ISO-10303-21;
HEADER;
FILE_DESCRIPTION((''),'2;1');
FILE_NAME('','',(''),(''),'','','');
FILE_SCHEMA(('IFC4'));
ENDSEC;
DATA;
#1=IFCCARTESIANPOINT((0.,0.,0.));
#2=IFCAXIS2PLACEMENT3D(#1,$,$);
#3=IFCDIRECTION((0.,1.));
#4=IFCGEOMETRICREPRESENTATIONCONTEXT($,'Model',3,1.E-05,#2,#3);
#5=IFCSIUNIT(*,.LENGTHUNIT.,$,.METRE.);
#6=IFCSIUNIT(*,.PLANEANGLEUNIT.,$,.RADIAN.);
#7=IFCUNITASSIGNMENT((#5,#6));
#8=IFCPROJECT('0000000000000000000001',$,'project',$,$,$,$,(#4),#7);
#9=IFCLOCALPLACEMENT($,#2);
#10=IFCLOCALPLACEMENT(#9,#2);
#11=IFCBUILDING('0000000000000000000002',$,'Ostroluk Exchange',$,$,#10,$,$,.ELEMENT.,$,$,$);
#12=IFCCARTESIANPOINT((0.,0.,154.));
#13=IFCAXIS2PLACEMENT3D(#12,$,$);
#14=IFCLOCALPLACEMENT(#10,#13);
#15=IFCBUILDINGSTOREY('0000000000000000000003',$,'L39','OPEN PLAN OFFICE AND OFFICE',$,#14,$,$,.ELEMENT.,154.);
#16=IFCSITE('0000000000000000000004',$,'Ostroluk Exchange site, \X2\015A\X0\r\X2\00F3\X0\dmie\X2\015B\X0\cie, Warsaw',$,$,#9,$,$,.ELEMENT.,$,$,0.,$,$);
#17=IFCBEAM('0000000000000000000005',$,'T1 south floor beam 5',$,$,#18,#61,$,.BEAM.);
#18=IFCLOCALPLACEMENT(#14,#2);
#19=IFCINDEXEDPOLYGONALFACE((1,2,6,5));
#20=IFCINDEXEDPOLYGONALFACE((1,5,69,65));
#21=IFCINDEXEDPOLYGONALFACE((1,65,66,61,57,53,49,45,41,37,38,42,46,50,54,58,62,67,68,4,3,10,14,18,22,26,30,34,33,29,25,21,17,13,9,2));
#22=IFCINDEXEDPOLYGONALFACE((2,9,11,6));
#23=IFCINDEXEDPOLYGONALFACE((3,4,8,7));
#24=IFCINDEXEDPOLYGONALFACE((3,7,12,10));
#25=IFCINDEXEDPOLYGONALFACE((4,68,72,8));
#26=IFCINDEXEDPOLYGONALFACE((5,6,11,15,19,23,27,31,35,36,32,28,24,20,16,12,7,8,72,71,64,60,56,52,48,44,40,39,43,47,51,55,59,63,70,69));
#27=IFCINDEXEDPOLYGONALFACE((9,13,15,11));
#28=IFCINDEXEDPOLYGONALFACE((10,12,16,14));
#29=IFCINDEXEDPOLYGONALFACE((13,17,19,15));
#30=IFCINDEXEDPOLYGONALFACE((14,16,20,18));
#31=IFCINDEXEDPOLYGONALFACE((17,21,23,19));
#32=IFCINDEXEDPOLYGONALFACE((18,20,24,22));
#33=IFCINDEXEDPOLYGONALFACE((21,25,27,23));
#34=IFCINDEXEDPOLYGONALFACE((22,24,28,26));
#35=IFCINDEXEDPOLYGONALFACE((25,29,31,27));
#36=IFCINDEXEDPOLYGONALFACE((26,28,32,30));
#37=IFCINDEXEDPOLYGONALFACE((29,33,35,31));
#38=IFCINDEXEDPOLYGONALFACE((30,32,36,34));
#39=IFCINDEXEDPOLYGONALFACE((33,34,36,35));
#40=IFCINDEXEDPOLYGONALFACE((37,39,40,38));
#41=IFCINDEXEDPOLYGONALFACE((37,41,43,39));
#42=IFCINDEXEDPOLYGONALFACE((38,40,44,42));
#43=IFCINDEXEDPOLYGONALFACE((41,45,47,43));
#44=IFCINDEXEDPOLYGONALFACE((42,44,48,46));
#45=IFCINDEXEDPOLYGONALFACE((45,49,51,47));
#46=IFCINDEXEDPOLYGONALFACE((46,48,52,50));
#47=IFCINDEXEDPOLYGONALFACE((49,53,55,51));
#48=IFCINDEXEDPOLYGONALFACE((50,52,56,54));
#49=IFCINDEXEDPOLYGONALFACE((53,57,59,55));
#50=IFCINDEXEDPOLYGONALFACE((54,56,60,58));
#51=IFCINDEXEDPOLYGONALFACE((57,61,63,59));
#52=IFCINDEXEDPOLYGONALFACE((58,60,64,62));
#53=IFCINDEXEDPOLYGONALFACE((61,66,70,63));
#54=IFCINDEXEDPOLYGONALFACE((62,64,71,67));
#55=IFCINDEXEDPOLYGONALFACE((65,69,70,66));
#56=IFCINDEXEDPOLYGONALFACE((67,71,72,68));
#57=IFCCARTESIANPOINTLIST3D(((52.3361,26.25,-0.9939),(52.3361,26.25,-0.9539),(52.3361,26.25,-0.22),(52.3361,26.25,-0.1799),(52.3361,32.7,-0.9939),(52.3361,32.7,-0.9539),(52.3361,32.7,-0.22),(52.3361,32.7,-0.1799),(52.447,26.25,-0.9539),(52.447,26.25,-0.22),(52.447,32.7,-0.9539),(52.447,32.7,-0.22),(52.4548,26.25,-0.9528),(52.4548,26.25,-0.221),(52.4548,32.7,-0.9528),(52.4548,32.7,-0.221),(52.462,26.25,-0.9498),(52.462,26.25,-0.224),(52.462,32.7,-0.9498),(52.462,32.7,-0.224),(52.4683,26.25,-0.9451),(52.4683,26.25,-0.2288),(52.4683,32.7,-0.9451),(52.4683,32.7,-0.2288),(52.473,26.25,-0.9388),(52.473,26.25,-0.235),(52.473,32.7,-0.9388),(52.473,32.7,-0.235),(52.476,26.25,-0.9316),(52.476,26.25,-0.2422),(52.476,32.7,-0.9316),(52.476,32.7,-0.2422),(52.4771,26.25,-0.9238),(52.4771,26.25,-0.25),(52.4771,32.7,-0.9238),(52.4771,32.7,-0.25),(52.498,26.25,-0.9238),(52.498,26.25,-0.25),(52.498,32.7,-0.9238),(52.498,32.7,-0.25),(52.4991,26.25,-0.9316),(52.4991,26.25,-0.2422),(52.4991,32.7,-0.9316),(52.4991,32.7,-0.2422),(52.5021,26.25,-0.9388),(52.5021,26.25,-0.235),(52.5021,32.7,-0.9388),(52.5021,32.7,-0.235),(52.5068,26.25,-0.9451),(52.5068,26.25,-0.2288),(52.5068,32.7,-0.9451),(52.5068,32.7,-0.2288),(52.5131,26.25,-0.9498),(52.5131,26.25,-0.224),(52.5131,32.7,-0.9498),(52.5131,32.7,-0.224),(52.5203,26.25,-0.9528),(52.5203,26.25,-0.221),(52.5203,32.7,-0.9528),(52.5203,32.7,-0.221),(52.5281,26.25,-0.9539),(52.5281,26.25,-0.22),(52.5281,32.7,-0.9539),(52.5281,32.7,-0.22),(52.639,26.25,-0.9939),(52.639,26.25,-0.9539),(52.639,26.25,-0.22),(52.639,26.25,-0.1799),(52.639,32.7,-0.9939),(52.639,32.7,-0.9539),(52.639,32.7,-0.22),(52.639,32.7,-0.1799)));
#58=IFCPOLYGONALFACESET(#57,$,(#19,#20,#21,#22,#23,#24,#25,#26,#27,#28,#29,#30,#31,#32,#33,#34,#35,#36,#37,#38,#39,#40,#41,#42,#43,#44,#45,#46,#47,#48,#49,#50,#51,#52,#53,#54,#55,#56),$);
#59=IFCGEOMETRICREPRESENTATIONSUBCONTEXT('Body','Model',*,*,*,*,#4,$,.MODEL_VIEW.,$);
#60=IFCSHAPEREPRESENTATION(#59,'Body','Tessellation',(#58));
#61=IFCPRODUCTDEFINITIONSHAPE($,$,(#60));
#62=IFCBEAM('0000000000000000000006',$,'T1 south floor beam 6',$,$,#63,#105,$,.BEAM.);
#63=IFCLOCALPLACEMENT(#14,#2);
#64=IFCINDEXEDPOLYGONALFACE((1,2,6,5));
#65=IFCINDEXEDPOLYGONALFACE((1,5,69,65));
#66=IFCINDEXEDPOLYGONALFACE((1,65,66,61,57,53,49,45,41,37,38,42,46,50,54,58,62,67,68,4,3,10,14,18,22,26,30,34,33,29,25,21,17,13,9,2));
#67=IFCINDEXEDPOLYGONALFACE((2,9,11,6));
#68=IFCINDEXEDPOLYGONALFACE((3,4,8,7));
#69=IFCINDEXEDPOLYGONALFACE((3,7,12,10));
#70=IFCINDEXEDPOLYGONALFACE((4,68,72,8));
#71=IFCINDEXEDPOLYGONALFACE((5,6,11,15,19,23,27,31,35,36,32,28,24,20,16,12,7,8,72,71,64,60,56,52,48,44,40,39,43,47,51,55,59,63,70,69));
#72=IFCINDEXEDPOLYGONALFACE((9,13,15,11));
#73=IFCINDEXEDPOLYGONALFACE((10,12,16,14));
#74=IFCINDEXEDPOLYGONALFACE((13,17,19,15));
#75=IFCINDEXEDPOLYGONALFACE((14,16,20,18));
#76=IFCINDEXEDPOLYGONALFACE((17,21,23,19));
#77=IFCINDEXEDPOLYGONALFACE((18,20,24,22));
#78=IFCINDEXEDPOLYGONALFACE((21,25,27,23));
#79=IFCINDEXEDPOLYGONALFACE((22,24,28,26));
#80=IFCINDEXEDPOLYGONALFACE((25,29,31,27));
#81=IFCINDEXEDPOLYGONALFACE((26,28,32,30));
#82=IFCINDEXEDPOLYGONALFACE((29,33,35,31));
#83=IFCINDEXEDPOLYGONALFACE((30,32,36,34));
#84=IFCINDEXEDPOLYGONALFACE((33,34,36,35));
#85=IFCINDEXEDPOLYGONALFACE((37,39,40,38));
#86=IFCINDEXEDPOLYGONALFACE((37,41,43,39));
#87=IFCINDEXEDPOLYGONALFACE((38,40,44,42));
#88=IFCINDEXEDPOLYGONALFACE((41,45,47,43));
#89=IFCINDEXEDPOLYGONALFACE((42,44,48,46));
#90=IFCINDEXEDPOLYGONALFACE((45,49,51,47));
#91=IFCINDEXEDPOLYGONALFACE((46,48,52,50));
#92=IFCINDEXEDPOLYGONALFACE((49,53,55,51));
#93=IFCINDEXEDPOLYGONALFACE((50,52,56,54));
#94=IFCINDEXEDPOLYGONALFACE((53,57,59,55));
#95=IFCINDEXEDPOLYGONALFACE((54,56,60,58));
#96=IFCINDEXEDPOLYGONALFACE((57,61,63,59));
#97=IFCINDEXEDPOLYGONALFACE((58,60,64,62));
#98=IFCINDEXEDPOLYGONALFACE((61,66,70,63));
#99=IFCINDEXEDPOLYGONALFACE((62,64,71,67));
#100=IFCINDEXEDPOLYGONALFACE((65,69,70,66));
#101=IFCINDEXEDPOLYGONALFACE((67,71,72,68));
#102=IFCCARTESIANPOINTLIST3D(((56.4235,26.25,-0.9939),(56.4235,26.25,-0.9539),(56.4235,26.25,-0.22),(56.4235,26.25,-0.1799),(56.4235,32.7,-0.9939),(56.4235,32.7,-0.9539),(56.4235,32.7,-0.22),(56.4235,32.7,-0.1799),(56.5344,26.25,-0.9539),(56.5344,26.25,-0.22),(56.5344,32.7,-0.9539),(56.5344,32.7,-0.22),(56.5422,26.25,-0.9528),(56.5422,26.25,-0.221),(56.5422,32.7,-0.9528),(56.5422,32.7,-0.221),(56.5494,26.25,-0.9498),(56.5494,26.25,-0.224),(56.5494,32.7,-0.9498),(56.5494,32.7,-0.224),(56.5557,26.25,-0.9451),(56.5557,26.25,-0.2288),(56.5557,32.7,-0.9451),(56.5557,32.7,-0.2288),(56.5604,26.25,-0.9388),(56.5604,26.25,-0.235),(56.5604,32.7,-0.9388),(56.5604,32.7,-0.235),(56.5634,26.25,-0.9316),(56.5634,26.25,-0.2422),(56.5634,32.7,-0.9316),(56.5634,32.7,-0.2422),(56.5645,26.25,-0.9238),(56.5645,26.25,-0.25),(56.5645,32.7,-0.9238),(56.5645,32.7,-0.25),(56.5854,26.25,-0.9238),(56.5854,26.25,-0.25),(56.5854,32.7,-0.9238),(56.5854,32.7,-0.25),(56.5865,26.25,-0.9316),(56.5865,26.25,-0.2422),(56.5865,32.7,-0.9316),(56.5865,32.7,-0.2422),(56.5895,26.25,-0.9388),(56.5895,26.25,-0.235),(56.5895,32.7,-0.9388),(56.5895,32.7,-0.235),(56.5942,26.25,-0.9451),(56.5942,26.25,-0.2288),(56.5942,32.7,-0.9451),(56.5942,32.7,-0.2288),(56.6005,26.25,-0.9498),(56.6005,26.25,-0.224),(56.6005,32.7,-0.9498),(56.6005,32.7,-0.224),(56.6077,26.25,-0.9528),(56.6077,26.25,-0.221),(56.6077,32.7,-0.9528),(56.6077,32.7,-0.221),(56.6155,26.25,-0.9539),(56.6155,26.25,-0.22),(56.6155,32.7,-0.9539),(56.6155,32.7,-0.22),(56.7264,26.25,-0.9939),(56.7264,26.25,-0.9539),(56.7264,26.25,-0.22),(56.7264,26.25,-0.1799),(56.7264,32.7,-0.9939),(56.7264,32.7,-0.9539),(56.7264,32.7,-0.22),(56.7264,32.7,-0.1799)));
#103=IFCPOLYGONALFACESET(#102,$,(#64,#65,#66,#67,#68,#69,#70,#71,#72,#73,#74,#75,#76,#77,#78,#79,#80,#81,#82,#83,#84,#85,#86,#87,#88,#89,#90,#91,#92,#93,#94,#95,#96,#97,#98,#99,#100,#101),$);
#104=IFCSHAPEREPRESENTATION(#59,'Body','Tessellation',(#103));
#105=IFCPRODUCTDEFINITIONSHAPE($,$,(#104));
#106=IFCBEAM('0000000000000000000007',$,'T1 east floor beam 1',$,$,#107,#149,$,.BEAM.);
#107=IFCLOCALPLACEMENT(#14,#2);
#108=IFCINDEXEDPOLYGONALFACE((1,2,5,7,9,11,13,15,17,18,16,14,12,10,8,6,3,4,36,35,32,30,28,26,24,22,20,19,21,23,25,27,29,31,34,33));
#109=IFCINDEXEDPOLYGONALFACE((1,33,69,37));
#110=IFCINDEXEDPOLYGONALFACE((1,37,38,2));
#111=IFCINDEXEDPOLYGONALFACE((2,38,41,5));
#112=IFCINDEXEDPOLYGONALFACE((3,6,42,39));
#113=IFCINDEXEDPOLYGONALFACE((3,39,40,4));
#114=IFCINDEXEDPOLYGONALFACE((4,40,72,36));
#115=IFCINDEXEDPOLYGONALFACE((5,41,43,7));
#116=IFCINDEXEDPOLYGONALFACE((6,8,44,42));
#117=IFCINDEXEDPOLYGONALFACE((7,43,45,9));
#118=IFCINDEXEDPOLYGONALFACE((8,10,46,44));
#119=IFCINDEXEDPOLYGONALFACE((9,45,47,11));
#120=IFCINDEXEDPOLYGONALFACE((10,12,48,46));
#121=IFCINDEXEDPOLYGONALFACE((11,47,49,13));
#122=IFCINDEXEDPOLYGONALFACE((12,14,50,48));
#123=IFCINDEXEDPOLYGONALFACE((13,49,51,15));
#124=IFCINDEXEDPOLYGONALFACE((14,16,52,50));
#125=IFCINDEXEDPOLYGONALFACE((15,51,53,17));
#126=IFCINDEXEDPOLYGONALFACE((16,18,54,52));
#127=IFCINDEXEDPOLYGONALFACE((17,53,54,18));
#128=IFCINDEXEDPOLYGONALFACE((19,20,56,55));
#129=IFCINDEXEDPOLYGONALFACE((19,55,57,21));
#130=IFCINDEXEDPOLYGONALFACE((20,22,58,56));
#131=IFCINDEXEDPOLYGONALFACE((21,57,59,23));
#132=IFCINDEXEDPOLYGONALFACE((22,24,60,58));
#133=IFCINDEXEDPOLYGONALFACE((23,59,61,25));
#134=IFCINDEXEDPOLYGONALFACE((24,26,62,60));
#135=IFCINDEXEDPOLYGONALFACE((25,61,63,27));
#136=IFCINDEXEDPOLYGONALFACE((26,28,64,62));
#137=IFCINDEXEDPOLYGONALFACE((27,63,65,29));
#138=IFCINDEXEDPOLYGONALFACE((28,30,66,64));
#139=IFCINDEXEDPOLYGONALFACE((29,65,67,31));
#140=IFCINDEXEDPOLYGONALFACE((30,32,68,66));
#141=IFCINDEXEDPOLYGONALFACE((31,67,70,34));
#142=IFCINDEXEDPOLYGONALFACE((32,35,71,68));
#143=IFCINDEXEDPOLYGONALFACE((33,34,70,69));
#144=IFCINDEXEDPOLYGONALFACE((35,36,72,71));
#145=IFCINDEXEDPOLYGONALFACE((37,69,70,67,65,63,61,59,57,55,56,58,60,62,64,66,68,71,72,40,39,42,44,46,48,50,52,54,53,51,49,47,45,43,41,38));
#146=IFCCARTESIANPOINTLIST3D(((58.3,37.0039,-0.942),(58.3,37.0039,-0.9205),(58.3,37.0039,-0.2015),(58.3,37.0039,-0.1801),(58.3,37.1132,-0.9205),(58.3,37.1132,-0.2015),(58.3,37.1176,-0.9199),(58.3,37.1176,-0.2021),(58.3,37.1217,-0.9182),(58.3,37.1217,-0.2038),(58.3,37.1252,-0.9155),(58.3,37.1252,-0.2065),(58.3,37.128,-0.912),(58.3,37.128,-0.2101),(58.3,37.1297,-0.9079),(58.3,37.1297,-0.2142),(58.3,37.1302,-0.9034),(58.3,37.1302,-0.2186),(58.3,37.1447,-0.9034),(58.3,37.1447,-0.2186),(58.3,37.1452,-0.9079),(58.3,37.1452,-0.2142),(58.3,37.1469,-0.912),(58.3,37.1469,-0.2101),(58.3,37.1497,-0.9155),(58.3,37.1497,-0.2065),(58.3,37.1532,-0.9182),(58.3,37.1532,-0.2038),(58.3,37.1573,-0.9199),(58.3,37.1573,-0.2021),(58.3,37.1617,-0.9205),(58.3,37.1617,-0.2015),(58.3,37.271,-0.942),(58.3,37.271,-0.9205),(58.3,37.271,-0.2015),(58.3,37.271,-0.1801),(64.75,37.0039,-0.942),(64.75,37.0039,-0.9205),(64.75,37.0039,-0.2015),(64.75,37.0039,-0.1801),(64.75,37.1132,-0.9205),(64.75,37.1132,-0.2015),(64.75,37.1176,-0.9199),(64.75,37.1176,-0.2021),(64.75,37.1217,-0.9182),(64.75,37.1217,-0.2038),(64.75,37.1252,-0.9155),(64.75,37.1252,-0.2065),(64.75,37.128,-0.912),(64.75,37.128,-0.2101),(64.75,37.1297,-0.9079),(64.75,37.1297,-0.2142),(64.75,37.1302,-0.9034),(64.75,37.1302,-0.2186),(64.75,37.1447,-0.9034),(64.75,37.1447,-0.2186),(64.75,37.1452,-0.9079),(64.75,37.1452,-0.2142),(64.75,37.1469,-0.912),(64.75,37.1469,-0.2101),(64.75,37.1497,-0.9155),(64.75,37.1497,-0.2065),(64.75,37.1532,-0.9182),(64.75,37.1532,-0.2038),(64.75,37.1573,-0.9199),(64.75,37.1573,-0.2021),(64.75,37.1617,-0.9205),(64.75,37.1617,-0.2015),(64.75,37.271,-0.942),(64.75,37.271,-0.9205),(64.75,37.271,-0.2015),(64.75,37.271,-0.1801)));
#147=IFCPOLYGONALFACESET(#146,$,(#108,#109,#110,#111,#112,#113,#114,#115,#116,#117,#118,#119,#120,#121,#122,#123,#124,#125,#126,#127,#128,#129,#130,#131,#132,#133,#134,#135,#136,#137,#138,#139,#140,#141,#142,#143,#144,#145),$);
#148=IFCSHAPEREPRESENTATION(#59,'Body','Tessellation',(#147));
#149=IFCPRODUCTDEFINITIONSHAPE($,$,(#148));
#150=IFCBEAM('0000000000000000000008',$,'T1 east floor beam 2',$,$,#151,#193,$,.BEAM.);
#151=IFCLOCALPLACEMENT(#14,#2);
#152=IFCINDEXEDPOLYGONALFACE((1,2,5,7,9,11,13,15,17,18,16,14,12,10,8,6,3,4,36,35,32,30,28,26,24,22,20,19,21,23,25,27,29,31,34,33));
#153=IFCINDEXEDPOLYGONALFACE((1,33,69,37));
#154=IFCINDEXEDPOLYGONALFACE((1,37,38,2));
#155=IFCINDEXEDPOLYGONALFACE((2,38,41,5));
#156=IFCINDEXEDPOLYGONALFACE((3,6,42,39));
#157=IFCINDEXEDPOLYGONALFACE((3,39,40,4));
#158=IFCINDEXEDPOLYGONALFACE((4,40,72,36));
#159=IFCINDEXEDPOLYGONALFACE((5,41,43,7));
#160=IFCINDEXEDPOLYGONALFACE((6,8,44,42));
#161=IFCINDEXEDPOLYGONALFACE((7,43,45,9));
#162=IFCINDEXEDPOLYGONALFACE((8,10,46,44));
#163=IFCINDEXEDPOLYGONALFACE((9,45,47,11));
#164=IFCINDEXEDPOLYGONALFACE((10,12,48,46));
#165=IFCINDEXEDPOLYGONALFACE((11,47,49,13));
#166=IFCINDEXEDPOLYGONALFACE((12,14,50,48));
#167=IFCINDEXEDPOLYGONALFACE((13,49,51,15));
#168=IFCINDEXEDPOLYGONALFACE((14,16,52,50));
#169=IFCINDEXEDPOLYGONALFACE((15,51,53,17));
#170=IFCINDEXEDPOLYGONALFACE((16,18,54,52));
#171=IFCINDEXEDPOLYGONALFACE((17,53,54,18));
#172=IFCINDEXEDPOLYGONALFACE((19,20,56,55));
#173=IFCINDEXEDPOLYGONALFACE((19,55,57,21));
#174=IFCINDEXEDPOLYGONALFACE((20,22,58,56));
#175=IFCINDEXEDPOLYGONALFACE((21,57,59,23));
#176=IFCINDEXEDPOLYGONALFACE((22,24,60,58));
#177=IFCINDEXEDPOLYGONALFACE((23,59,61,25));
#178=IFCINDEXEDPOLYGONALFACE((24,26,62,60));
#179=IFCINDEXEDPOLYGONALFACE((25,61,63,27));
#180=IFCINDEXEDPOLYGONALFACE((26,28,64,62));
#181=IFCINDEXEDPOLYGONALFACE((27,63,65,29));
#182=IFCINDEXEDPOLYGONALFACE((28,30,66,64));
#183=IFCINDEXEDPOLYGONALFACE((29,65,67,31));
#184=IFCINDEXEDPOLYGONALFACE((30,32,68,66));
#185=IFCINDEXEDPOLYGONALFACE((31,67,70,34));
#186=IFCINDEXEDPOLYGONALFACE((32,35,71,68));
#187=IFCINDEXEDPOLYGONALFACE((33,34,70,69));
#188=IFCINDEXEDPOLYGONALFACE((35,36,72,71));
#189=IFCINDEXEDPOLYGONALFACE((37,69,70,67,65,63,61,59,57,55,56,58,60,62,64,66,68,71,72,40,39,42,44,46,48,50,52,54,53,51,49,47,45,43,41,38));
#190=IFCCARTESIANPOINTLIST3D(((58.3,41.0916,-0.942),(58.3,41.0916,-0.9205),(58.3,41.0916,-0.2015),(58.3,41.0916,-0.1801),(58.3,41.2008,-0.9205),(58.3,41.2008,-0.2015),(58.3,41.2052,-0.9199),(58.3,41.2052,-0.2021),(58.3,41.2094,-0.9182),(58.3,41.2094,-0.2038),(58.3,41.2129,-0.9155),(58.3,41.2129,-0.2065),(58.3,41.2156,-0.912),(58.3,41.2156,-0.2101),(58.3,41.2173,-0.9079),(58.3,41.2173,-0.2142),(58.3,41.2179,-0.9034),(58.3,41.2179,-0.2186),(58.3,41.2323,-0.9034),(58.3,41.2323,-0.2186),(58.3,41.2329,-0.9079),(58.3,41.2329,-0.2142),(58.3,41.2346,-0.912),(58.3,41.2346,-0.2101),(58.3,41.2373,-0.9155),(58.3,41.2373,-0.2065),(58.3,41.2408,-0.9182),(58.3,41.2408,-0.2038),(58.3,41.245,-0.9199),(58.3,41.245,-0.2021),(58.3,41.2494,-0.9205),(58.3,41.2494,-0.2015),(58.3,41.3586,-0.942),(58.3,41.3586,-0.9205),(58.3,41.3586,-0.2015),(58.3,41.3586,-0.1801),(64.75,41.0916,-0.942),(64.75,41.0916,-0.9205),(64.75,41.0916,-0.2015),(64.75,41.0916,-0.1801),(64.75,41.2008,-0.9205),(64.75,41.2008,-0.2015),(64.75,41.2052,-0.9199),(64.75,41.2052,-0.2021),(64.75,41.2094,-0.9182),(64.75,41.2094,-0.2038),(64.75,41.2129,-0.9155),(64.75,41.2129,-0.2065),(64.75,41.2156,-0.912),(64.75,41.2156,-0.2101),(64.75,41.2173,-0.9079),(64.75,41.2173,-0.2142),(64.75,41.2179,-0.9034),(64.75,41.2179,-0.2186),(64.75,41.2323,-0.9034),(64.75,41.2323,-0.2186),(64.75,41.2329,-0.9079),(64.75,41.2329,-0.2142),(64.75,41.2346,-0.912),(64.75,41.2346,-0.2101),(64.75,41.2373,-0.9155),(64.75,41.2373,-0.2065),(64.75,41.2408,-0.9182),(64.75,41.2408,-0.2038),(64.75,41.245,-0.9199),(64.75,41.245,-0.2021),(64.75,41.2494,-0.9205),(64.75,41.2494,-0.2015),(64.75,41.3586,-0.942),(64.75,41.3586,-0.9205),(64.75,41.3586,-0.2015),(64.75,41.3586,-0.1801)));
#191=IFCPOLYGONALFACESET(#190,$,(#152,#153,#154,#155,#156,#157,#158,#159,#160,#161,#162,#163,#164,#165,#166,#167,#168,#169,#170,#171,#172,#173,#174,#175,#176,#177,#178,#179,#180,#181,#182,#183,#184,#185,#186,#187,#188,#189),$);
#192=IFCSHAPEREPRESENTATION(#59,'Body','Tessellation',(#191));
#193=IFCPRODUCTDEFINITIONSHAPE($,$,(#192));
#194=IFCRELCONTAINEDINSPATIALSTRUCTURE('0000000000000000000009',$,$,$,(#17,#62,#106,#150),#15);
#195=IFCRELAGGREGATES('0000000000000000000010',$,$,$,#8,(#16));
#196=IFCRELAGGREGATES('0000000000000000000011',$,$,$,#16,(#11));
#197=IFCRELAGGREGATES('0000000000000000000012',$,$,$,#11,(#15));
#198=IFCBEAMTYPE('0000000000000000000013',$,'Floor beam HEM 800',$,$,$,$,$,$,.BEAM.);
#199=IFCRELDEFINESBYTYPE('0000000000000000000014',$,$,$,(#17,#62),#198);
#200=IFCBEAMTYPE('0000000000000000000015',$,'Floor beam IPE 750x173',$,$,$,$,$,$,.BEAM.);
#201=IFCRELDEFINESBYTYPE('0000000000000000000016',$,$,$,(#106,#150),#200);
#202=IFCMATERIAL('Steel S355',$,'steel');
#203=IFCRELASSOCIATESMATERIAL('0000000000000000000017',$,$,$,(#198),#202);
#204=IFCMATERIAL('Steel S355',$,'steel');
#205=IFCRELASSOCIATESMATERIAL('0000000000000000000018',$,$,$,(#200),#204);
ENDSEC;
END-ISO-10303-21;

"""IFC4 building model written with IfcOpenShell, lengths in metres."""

from ifc_helpers import new_model, si_unit, direction, frame, origin, origin_2d, place, context, subcontext, project, spatial, i_section, extrude, material, material_profile, profile_set, type_object, element, save


model = new_model("IFC4")

# Units and contexts
model_context = context("Model", 3, precision=1e-05, world=origin(), true_north=direction((0.0, 1.0)))
body_context = subcontext(model_context, "Body", "Model", "MODEL_VIEW")
ifc_project = project(units=[si_unit("LENGTHUNIT", "METRE"), si_unit("PLANEANGLEUNIT", "RADIAN")], contexts=[model_context])

# Site, building, storey
site_placement = place(None, origin())
site = spatial("IfcSite", under=ifc_project, at=site_placement, Name="Ostroluk Exchange site, Śródmieście, Warsaw", CompositionType="ELEMENT", RefElevation=0.0)
building_placement = place(site_placement, origin())
building = spatial("IfcBuilding", under=site, at=building_placement, Name="Ostroluk Exchange", CompositionType="ELEMENT")
storey_placement = place(building_placement, frame((0.0, 0.0, 154.0)))
storey = spatial("IfcBuildingStorey", under=building, at=storey_placement, Name="L39", Description="OPEN PLAN OFFICE AND OFFICE", CompositionType="ELEMENT", Elevation=154.0)

# Beams
ifc_material_1 = material(Name="Steel S355", Category="steel")
ifc_material_profile_1 = material_profile(ifc_material_1, i_section(OverallWidth=0.303, OverallDepth=0.814, WebThickness=0.021, FlangeThickness=0.04, FilletRadius=0.03, at=origin_2d()), Name="HEM 800")
ifc_profile_set_1 = profile_set([ifc_material_profile_1], Name="Steel S355")
beam_type_1 = type_object("IfcBeamType", Name="Floor beam HEM 800", PredefinedType="BEAM", material=ifc_profile_set_1)
for number, where, z_axis, x_axis, name in (
    (1, (52.4875, 32.7, -0.5869), (0.0, -1.0, 0.0), (1.0, 0.0, 0.0), "T1 south floor beam 5"),
    (2, (56.575, 32.7, -0.5869), (0.0, -1.0, 0.0), (1.0, 0.0, 0.0), "T1 south floor beam 6"),
):
    element("IfcBeam", number, at=place(storey_placement, frame(where, z_axis=z_axis, x_axis=x_axis)), inside=storey, type_object=beam_type_1, Name=name, PredefinedType="BEAM", context=body_context, shape_type="SweptSolid", body=[
        extrude(i_section(OverallWidth=0.303, OverallDepth=0.814, WebThickness=0.021, FlangeThickness=0.04, FilletRadius=0.03, at=origin_2d()), origin(), (0.0, 0.0, 1.0), 6.45),
    ])
ifc_material_2 = material(Name="Steel S355", Category="steel")
ifc_material_profile_2 = material_profile(ifc_material_2, i_section(OverallWidth=0.2671, OverallDepth=0.762, WebThickness=0.0144, FlangeThickness=0.0215, FilletRadius=0.0171, at=origin_2d()), Name="IPE 750x173")
ifc_profile_set_2 = profile_set([ifc_material_profile_2], Name="Steel S355")
beam_type_2 = type_object("IfcBeamType", Name="Floor beam IPE 750x173", PredefinedType="BEAM", material=ifc_profile_set_2)
for number, where, z_axis, x_axis, name in (
    (3, (58.3, 37.1375, -0.561), (1.0, 0.0, 0.0), (0.0, 1.0, 0.0), "T1 east floor beam 1"),
    (4, (58.3, 41.2251, -0.561), (1.0, 0.0, 0.0), (0.0, 1.0, 0.0), "T1 east floor beam 2"),
):
    element("IfcBeam", number, at=place(storey_placement, frame(where, z_axis=z_axis, x_axis=x_axis)), inside=storey, type_object=beam_type_2, Name=name, PredefinedType="BEAM", context=body_context, shape_type="SweptSolid", body=[
        extrude(i_section(OverallWidth=0.2671, OverallDepth=0.762, WebThickness=0.0144, FlangeThickness=0.0215, FilletRadius=0.0171, at=origin_2d()), origin(), (0.0, 0.0, 1.0), 6.45),
    ])

save(model, "model.ifc")
